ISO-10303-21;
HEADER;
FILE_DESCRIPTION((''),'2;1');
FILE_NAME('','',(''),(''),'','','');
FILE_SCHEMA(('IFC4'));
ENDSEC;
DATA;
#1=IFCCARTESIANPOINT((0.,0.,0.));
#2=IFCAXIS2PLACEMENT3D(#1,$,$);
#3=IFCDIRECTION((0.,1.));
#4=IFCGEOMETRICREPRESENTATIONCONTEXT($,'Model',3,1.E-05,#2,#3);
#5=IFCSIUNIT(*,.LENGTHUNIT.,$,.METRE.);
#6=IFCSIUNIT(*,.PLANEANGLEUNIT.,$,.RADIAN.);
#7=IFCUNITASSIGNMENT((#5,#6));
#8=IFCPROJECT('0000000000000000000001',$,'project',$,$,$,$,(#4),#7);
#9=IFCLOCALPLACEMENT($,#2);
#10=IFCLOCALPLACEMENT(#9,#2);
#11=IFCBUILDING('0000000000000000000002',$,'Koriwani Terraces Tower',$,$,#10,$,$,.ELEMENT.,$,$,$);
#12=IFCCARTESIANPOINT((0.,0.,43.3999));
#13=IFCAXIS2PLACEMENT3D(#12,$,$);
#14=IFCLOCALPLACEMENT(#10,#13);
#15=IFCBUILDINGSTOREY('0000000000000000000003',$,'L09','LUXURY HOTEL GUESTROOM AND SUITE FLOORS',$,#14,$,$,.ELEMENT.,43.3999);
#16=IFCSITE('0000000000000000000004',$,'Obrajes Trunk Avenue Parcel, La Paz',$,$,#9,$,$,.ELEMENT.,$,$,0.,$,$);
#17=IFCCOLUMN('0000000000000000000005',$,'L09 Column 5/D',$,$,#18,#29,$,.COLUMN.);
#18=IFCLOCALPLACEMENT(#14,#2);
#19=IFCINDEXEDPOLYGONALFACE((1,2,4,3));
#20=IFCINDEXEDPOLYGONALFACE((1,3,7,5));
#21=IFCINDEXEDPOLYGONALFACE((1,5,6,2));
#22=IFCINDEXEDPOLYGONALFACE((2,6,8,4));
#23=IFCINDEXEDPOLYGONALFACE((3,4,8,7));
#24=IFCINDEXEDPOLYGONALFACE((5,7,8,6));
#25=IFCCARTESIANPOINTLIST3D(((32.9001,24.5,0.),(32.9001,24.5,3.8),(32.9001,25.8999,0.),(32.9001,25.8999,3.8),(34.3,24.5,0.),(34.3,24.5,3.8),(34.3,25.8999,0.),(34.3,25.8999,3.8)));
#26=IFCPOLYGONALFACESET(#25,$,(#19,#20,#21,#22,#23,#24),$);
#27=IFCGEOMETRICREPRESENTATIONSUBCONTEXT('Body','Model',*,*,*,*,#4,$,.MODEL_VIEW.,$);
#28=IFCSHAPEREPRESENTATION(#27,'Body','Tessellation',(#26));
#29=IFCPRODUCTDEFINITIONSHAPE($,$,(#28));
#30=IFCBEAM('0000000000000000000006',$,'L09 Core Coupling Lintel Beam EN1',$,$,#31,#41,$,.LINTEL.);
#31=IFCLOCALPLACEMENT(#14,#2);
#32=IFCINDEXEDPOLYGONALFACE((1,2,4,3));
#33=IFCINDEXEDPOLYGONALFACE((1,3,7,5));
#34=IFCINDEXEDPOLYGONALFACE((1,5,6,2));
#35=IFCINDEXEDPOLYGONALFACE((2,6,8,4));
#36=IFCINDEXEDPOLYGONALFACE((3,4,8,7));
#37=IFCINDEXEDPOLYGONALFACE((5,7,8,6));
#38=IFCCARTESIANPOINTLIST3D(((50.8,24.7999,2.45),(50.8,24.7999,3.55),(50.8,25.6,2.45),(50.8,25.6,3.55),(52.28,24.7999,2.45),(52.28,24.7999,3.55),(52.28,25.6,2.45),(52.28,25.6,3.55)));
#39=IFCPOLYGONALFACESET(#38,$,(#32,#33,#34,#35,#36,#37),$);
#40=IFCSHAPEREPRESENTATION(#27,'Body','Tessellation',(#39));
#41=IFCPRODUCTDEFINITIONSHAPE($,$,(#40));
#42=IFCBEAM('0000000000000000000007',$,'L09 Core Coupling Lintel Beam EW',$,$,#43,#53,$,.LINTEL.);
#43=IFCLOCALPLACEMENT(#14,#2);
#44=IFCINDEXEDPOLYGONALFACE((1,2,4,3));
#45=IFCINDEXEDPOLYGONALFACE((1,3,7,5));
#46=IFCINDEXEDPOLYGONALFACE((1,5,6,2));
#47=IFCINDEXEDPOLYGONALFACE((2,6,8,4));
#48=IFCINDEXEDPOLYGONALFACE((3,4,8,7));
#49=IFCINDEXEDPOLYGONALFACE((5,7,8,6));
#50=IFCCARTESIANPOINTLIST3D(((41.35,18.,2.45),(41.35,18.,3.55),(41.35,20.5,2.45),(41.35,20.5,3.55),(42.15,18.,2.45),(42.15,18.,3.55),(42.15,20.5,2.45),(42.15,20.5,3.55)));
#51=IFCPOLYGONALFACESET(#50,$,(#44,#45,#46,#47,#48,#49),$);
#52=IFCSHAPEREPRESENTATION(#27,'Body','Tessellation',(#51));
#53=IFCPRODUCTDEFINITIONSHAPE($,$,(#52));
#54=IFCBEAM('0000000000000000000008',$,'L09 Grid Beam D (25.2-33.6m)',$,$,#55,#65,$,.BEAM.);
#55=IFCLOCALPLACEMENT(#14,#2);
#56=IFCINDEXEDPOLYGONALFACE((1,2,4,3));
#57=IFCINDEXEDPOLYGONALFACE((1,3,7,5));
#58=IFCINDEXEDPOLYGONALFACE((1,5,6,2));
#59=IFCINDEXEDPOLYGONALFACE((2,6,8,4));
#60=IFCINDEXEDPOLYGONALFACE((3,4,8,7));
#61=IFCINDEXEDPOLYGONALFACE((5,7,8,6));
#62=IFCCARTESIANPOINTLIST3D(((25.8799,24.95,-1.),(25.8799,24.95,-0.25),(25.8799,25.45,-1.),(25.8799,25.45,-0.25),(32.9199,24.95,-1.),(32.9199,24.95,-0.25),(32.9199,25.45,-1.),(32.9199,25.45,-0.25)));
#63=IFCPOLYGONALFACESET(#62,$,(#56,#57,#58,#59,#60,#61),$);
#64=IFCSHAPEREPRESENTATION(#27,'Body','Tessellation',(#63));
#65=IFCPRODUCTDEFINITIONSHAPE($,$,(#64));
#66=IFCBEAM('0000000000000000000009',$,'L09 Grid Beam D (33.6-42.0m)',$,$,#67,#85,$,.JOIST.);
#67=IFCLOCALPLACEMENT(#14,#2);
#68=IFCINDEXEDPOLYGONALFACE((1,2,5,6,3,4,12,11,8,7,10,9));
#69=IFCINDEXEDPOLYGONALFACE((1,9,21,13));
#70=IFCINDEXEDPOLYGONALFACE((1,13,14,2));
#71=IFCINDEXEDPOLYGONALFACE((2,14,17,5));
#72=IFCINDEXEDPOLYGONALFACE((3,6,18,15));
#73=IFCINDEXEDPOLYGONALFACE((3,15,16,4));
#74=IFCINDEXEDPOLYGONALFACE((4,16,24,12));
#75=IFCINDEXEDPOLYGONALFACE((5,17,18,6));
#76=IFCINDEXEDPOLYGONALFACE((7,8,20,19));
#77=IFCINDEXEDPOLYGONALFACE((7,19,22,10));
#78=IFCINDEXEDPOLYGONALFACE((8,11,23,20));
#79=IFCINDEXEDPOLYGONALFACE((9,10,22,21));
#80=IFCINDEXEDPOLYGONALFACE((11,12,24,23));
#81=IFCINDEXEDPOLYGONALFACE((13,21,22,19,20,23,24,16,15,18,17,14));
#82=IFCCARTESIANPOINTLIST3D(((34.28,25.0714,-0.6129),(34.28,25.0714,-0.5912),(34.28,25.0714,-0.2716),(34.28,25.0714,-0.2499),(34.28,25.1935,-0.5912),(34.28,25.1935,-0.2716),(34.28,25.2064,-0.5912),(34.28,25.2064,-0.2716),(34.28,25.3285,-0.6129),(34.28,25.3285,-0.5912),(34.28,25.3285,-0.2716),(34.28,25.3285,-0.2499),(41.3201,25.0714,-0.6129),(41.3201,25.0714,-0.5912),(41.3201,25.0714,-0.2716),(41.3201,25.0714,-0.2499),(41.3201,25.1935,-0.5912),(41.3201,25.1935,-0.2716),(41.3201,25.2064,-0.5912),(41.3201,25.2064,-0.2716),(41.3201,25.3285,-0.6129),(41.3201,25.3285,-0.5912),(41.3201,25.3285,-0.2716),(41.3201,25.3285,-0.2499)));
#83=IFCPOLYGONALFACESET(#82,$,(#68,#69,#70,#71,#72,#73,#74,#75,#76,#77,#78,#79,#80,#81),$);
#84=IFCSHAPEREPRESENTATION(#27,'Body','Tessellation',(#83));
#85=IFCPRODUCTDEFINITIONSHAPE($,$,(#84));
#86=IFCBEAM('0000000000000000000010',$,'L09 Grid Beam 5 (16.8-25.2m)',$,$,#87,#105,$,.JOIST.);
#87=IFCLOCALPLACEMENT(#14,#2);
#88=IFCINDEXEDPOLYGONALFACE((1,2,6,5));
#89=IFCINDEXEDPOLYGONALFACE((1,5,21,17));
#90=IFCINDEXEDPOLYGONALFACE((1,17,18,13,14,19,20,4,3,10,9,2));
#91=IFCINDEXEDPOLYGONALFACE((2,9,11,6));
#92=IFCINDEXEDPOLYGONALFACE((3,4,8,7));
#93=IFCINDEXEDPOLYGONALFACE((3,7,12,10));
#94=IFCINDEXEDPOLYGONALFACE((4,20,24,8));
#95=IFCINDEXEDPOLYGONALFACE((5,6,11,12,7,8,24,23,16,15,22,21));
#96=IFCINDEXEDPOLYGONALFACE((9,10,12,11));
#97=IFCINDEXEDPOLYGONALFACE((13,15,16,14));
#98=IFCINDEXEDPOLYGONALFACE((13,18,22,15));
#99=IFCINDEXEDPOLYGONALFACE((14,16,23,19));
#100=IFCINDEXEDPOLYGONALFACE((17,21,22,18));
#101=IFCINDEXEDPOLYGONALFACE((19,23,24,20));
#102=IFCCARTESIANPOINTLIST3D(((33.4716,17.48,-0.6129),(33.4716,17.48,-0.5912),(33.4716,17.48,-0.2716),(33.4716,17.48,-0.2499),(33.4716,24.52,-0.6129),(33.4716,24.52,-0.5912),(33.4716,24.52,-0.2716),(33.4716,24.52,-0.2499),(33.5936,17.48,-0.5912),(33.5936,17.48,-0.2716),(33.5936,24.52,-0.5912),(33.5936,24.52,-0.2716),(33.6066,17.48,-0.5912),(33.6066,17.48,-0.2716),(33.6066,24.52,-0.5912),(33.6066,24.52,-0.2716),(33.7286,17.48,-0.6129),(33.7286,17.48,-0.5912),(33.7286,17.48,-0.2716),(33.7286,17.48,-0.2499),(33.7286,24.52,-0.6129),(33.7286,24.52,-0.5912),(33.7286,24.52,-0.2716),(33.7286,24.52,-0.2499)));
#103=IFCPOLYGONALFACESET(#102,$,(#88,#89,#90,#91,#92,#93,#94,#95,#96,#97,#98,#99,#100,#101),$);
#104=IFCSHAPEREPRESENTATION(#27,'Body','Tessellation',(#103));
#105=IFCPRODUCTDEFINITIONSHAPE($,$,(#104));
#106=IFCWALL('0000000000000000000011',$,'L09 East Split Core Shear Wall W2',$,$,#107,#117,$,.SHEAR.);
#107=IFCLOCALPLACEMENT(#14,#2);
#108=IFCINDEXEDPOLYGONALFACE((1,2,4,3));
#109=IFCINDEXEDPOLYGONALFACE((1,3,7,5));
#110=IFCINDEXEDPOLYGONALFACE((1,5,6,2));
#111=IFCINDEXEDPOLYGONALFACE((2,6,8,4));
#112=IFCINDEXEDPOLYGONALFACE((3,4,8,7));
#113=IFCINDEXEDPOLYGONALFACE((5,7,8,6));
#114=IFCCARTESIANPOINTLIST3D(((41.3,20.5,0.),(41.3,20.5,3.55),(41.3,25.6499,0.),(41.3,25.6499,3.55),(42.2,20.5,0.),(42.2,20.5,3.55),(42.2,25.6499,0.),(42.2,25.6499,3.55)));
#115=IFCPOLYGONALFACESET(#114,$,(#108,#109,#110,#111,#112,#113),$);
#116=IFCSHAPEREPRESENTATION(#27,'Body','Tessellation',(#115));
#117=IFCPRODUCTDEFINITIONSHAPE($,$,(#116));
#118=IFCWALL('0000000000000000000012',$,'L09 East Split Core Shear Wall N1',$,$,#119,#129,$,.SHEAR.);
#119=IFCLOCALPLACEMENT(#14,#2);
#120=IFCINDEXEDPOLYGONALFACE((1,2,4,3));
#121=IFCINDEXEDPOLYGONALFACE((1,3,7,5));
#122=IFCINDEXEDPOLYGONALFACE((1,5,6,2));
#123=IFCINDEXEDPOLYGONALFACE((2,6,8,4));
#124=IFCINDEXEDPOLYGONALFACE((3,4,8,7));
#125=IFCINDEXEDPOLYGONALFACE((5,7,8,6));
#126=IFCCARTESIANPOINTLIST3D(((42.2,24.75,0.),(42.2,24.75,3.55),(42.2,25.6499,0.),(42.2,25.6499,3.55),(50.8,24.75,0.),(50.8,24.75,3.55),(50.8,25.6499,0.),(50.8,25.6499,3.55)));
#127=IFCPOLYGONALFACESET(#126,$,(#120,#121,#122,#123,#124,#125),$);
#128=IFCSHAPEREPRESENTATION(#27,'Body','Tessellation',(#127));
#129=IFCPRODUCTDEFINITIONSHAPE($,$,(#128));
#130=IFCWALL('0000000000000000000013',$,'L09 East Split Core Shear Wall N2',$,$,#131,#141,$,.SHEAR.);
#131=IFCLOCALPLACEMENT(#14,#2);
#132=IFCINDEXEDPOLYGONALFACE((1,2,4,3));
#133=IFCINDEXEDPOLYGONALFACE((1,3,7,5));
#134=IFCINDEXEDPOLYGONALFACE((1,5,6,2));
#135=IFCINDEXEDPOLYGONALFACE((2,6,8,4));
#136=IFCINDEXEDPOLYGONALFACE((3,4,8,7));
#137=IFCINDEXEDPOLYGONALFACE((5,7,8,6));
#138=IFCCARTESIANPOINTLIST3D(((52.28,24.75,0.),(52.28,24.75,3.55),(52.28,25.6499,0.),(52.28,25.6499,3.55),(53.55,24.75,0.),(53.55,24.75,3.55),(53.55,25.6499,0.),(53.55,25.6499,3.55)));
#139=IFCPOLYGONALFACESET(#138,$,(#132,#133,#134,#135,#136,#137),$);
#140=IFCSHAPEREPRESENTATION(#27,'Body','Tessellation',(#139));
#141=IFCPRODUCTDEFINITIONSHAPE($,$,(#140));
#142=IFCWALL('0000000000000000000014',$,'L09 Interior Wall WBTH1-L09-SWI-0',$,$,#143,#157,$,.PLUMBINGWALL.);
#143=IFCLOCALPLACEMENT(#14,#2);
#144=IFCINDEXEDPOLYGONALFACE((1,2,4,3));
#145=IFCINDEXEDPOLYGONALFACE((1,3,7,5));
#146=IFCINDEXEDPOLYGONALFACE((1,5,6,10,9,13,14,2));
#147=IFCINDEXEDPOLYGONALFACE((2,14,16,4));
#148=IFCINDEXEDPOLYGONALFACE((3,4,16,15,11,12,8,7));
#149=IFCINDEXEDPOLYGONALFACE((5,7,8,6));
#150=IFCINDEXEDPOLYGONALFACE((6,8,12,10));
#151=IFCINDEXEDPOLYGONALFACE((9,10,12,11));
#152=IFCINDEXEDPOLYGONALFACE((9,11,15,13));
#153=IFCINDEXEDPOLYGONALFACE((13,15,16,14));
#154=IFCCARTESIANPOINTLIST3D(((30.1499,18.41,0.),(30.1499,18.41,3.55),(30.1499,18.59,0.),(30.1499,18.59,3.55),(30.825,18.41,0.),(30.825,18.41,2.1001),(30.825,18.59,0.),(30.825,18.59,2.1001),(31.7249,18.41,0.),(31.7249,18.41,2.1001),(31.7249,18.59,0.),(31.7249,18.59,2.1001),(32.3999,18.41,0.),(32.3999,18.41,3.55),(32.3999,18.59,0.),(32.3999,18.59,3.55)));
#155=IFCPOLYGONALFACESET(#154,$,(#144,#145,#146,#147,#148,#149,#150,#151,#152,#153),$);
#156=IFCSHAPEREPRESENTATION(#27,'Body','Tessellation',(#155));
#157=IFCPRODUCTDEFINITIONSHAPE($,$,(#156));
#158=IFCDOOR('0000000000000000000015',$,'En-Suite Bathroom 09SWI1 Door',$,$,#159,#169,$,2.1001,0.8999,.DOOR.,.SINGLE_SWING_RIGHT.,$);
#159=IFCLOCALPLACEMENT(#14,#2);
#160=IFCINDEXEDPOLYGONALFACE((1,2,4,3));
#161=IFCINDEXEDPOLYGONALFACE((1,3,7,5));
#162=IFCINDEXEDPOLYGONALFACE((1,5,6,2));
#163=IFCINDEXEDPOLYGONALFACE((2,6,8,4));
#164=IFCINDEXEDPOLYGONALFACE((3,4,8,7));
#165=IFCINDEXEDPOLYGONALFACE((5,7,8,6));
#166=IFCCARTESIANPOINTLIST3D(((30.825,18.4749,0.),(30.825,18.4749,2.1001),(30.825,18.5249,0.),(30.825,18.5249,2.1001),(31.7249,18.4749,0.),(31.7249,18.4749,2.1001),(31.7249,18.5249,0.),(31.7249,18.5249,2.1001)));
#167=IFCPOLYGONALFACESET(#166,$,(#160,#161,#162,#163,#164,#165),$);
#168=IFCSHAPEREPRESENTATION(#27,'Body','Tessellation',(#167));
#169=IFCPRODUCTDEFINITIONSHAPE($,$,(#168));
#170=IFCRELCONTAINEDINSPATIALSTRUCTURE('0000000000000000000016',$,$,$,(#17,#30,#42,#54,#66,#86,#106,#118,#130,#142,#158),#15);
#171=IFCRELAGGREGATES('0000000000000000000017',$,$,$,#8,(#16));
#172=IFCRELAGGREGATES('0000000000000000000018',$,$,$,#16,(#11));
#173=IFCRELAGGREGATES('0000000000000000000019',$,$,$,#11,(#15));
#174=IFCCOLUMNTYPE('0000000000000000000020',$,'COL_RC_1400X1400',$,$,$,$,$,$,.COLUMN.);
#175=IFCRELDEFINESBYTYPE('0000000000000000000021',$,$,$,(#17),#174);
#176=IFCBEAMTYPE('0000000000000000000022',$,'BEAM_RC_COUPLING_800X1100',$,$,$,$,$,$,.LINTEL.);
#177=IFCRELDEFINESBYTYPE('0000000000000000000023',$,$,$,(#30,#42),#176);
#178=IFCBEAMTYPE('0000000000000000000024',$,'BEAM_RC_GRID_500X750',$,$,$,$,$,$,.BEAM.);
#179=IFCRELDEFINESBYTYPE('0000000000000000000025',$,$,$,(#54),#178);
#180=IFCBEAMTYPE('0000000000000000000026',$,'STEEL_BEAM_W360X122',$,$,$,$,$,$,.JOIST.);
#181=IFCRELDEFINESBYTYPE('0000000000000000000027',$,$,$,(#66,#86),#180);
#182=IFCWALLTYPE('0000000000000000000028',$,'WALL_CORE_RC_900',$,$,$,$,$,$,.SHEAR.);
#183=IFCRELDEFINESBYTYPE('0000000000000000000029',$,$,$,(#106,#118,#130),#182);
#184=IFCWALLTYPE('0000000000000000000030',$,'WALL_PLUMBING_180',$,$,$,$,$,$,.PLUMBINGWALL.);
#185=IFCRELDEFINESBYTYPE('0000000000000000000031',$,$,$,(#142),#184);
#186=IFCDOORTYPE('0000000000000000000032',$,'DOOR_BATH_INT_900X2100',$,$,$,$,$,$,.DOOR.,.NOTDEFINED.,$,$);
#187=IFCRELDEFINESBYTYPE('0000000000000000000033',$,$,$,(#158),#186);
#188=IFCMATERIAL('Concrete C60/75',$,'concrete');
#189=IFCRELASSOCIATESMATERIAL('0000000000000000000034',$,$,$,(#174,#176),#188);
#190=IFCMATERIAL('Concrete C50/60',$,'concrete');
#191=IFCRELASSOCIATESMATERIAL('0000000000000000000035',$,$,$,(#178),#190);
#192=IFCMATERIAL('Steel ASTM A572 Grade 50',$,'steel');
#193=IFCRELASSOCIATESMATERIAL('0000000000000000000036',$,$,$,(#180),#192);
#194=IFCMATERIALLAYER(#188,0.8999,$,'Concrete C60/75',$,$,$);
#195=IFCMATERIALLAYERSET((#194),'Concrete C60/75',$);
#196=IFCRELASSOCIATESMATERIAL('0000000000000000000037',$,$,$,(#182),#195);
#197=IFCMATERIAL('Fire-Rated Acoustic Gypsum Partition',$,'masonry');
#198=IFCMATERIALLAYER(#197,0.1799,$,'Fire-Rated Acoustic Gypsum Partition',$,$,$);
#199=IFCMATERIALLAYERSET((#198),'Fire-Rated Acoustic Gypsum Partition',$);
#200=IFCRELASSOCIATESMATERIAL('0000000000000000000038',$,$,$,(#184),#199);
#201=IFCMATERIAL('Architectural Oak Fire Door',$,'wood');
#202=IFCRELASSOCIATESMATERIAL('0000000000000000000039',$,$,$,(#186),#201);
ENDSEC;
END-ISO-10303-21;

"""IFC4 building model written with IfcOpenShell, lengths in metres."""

from ifc_helpers import new_model, si_unit, direction, frame, frame_2d, origin, origin_2d, place, context, subcontext, project, spatial, rectangle, i_section, extrude, material, layer, layer_set, material_profile, profile_set, type_object, element, fill, save


model = new_model("IFC4")

# Units and contexts
model_context = context("Model", 3, precision=1e-05, world=origin(), true_north=direction((0.0, 1.0)))
body_context = subcontext(model_context, "Body", "Model", "MODEL_VIEW")
ifc_project = project(units=[si_unit("LENGTHUNIT", "METRE"), si_unit("PLANEANGLEUNIT", "RADIAN")], contexts=[model_context])

# Site, building, storey
site_placement = place(None, origin())
site = spatial("IfcSite", under=ifc_project, at=site_placement, Name="Obrajes Trunk Avenue Parcel, La Paz", CompositionType="ELEMENT", RefElevation=0.0)
building_placement = place(site_placement, origin())
building = spatial("IfcBuilding", under=site, at=building_placement, Name="Koriwani Terraces Tower", CompositionType="ELEMENT")
storey_placement = place(building_placement, frame((0.0, 0.0, 43.3999)))
storey = spatial("IfcBuildingStorey", under=building, at=storey_placement, Name="L09", Description="LUXURY HOTEL GUESTROOM AND SUITE FLOORS", CompositionType="ELEMENT", Elevation=43.3999)

# Column
ifc_material_1 = material(Name="Concrete C60/75", Category="concrete")
ifc_material_profile_1 = material_profile(ifc_material_1, rectangle(XDim=1.3999, YDim=1.3999, at=origin_2d()), Name="Concrete C60/75", Category="LoadBearing")
ifc_profile_set_1 = profile_set([ifc_material_profile_1], Name="Concrete C60/75")
column_type = type_object("IfcColumnType", Name="COL_RC_1400X1400", PredefinedType="COLUMN", material=ifc_profile_set_1)
column_placement = place(storey_placement, frame((33.6001, 25.2, 0.0), z_axis=(0.0, 0.0, 1.0), x_axis=(1.0, 0.0, 0.0)))
element("IfcColumn", 1, at=column_placement, inside=storey, type_object=column_type, Name="L09 Column 5/D", PredefinedType="COLUMN", context=body_context, shape_type="SweptSolid", body=[
    extrude(rectangle(XDim=1.3999, YDim=1.3999, at=origin_2d()), origin(), (0.0, 0.0, 1.0), 3.8),
])

# Beams
ifc_material_profile_2 = material_profile(ifc_material_1, rectangle(XDim=0.8, YDim=1.1001, at=origin_2d()), Name="Concrete C60/75", Category="LoadBearing")
ifc_profile_set_2 = profile_set([ifc_material_profile_2], Name="Concrete C60/75")
beam_type_1 = type_object("IfcBeamType", Name="BEAM_RC_COUPLING_800X1100", PredefinedType="LINTEL", material=ifc_profile_set_2)
beam_1_placement = place(storey_placement, frame((50.8, 25.2, 3.0), z_axis=(1.0, 0.0, 0.0), x_axis=(0.0, 1.0, 0.0)))
element("IfcBeam", 2, at=beam_1_placement, inside=storey, type_object=beam_type_1, Name="L09 Core Coupling Lintel Beam EN1", PredefinedType="LINTEL", context=body_context, shape_type="SweptSolid", body=[
    extrude(rectangle(XDim=0.8, YDim=1.1001, at=origin_2d()), origin(), (0.0, 0.0, 1.0), 1.48),
])
beam_2_placement = place(storey_placement, frame((41.75, 18.0, 3.0), z_axis=(0.0, 1.0, 0.0), x_axis=(-1.0, 0.0, 0.0)))
element("IfcBeam", 3, at=beam_2_placement, inside=storey, type_object=beam_type_1, Name="L09 Core Coupling Lintel Beam EW", PredefinedType="LINTEL", context=body_context, shape_type="SweptSolid", body=[
    extrude(rectangle(XDim=0.8, YDim=1.1001, at=origin_2d()), origin(), (0.0, 0.0, 1.0), 2.5),
])
ifc_material_2 = material(Name="Concrete C50/60", Category="concrete")
ifc_material_profile_3 = material_profile(ifc_material_2, rectangle(XDim=0.5, YDim=0.75, at=origin_2d()), Name="Concrete C50/60", Category="LoadBearing")
ifc_profile_set_3 = profile_set([ifc_material_profile_3], Name="Concrete C50/60")
beam_type_2 = type_object("IfcBeamType", Name="BEAM_RC_GRID_500X750", PredefinedType="BEAM", material=ifc_profile_set_3)
beam_3_placement = place(storey_placement, frame((25.8799, 25.2, -0.625), z_axis=(1.0, 0.0, 0.0), x_axis=(0.0, 1.0, 0.0)))
element("IfcBeam", 4, at=beam_3_placement, inside=storey, type_object=beam_type_2, Name="L09 Grid Beam D (25.2-33.6m)", PredefinedType="BEAM", context=body_context, shape_type="SweptSolid", body=[
    extrude(rectangle(XDim=0.5, YDim=0.75, at=origin_2d()), origin(), (0.0, 0.0, 1.0), 7.04),
])
ifc_material_3 = material(Name="Steel ASTM A572 Grade 50", Category="steel")
ifc_material_profile_4 = material_profile(ifc_material_3, i_section(OverallWidth=0.2571, OverallDepth=0.363, WebThickness=0.0129, FlangeThickness=0.0217, at=origin_2d()), Name="Steel ASTM A572 Grade 50", Category="LoadBearing")
ifc_profile_set_4 = profile_set([ifc_material_profile_4], Name="Steel ASTM A572 Grade 50")
beam_type_3 = type_object("IfcBeamType", Name="STEEL_BEAM_W360X122", PredefinedType="JOIST", material=ifc_profile_set_4)
for number, where, z_axis, x_axis, name in (
    (5, (34.28, 25.2, -0.4314), (1.0, 0.0, 0.0), (0.0, 1.0, 0.0), "L09 Grid Beam D (33.6-42.0m)"),
    (6, (33.6001, 17.48, -0.4314), (0.0, 1.0, 0.0), (-1.0, 0.0, 0.0), "L09 Grid Beam 5 (16.8-25.2m)"),
):
    element("IfcBeam", number, at=place(storey_placement, frame(where, z_axis=z_axis, x_axis=x_axis)), inside=storey, type_object=beam_type_3, Name=name, PredefinedType="JOIST", context=body_context, shape_type="SweptSolid", body=[
        extrude(i_section(OverallWidth=0.2571, OverallDepth=0.363, WebThickness=0.0129, FlangeThickness=0.0217, at=origin_2d()), origin(), (0.0, 0.0, 1.0), 7.04),
    ])

# Walls
ifc_layer_1 = layer(ifc_material_1, 0.8999, Name="Concrete C60/75")
ifc_layer_set_1 = layer_set([ifc_layer_1], Name="Concrete C60/75")
wall_type_1 = type_object("IfcWallType", Name="WALL_CORE_RC_900", PredefinedType="SHEAR", material=ifc_layer_set_1)
wall_1_placement = place(storey_placement, frame((41.75, 20.5, 0.0), z_axis=(0.0, 0.0, 1.0), x_axis=(0.0, 1.0, 0.0)))
element("IfcWall", 7, at=wall_1_placement, inside=storey, type_object=wall_type_1, Name="L09 East Split Core Shear Wall W2", PredefinedType="SHEAR", context=body_context, shape_type="SweptSolid", body=[
    extrude(rectangle(XDim=5.1499, YDim=0.8999, at=frame_2d((2.575, 0.0))), origin(), (0.0, 0.0, 1.0), 3.55),
])
wall_2_placement = place(storey_placement, frame((42.2, 25.2, 0.0), z_axis=(0.0, 0.0, 1.0), x_axis=(1.0, 0.0, 0.0)))
element("IfcWall", 8, at=wall_2_placement, inside=storey, type_object=wall_type_1, Name="L09 East Split Core Shear Wall N1", PredefinedType="SHEAR", context=body_context, shape_type="SweptSolid", body=[
    extrude(rectangle(XDim=8.6001, YDim=0.8999, at=frame_2d((4.3, 0.0))), origin(), (0.0, 0.0, 1.0), 3.55),
])
wall_3_placement = place(storey_placement, frame((52.28, 25.2, 0.0), z_axis=(0.0, 0.0, 1.0), x_axis=(1.0, 0.0, 0.0)))
element("IfcWall", 9, at=wall_3_placement, inside=storey, type_object=wall_type_1, Name="L09 East Split Core Shear Wall N2", PredefinedType="SHEAR", context=body_context, shape_type="SweptSolid", body=[
    extrude(rectangle(XDim=1.27, YDim=0.8999, at=frame_2d((0.635, 0.0))), origin(), (0.0, 0.0, 1.0), 3.55),
])

# Wall, opening, door
ifc_material_4 = material(Name="Fire-Rated Acoustic Gypsum Partition", Category="masonry")
ifc_layer_2 = layer(ifc_material_4, 0.1799, Name="Fire-Rated Acoustic Gypsum Partition")
ifc_layer_set_2 = layer_set([ifc_layer_2], Name="Fire-Rated Acoustic Gypsum Partition")
wall_type_2 = type_object("IfcWallType", Name="WALL_PLUMBING_180", PredefinedType="PLUMBINGWALL", material=ifc_layer_set_2)
wall_4_placement = place(storey_placement, frame((30.1499, 18.5, 0.0), z_axis=(0.0, 0.0, 1.0), x_axis=(1.0, 0.0, 0.0)))
wall_4 = element("IfcWall", 10, at=wall_4_placement, inside=storey, type_object=wall_type_2, Name="L09 Interior Wall WBTH1-L09-SWI-0", PredefinedType="PLUMBINGWALL", context=body_context, shape_type="SweptSolid", body=[
    extrude(rectangle(XDim=2.25, YDim=0.1799, at=frame_2d((1.125, 0.0))), origin(), (0.0, 0.0, 1.0), 3.55),
])
opening_1_placement = place(wall_4_placement, frame((0.675, 0.0, 0.0)))
opening_1 = element("IfcOpeningElement", 11, at=opening_1_placement, cuts=wall_4, PredefinedType="OPENING", context=body_context, shape_type="SweptSolid", body=[
    extrude(rectangle(XDim=0.8999, YDim=2.1001, at=frame_2d((0.45, 1.05))), frame((0.0, 0.1001, 0.0), z_axis=(0.0, -1.0, 0.0), x_axis=(1.0, 0.0, 0.0)), (0.0, 0.0, 1.0), 0.2),
])
ifc_material_5 = material(Name="Architectural Oak Fire Door", Category="wood")
door_type_1 = type_object("IfcDoorType", Name="DOOR_BATH_INT_900X2100", OperationType="NOTDEFINED", PredefinedType="DOOR", material=ifc_material_5)
door_1_placement = place(opening_1_placement, origin())
door_1 = element("IfcDoor", 12, at=door_1_placement, inside=storey, type_object=door_type_1, Name="En-Suite Bathroom 09SWI1 Door", OperationType="SINGLE_SWING_RIGHT", OverallHeight=2.1001, OverallWidth=0.8999, PredefinedType="DOOR", context=body_context, shape_type="SweptSolid", body=[
    extrude(rectangle(XDim=0.8999, YDim=2.1001, at=frame_2d((0.45, 1.05))), frame((0.0, 0.0249, 0.0), z_axis=(0.0, -1.0, 0.0), x_axis=(1.0, 0.0, 0.0)), (0.0, 0.0, 1.0), 0.05),
])
fill(opening_1, door_1)

save(model, "model.ifc")
